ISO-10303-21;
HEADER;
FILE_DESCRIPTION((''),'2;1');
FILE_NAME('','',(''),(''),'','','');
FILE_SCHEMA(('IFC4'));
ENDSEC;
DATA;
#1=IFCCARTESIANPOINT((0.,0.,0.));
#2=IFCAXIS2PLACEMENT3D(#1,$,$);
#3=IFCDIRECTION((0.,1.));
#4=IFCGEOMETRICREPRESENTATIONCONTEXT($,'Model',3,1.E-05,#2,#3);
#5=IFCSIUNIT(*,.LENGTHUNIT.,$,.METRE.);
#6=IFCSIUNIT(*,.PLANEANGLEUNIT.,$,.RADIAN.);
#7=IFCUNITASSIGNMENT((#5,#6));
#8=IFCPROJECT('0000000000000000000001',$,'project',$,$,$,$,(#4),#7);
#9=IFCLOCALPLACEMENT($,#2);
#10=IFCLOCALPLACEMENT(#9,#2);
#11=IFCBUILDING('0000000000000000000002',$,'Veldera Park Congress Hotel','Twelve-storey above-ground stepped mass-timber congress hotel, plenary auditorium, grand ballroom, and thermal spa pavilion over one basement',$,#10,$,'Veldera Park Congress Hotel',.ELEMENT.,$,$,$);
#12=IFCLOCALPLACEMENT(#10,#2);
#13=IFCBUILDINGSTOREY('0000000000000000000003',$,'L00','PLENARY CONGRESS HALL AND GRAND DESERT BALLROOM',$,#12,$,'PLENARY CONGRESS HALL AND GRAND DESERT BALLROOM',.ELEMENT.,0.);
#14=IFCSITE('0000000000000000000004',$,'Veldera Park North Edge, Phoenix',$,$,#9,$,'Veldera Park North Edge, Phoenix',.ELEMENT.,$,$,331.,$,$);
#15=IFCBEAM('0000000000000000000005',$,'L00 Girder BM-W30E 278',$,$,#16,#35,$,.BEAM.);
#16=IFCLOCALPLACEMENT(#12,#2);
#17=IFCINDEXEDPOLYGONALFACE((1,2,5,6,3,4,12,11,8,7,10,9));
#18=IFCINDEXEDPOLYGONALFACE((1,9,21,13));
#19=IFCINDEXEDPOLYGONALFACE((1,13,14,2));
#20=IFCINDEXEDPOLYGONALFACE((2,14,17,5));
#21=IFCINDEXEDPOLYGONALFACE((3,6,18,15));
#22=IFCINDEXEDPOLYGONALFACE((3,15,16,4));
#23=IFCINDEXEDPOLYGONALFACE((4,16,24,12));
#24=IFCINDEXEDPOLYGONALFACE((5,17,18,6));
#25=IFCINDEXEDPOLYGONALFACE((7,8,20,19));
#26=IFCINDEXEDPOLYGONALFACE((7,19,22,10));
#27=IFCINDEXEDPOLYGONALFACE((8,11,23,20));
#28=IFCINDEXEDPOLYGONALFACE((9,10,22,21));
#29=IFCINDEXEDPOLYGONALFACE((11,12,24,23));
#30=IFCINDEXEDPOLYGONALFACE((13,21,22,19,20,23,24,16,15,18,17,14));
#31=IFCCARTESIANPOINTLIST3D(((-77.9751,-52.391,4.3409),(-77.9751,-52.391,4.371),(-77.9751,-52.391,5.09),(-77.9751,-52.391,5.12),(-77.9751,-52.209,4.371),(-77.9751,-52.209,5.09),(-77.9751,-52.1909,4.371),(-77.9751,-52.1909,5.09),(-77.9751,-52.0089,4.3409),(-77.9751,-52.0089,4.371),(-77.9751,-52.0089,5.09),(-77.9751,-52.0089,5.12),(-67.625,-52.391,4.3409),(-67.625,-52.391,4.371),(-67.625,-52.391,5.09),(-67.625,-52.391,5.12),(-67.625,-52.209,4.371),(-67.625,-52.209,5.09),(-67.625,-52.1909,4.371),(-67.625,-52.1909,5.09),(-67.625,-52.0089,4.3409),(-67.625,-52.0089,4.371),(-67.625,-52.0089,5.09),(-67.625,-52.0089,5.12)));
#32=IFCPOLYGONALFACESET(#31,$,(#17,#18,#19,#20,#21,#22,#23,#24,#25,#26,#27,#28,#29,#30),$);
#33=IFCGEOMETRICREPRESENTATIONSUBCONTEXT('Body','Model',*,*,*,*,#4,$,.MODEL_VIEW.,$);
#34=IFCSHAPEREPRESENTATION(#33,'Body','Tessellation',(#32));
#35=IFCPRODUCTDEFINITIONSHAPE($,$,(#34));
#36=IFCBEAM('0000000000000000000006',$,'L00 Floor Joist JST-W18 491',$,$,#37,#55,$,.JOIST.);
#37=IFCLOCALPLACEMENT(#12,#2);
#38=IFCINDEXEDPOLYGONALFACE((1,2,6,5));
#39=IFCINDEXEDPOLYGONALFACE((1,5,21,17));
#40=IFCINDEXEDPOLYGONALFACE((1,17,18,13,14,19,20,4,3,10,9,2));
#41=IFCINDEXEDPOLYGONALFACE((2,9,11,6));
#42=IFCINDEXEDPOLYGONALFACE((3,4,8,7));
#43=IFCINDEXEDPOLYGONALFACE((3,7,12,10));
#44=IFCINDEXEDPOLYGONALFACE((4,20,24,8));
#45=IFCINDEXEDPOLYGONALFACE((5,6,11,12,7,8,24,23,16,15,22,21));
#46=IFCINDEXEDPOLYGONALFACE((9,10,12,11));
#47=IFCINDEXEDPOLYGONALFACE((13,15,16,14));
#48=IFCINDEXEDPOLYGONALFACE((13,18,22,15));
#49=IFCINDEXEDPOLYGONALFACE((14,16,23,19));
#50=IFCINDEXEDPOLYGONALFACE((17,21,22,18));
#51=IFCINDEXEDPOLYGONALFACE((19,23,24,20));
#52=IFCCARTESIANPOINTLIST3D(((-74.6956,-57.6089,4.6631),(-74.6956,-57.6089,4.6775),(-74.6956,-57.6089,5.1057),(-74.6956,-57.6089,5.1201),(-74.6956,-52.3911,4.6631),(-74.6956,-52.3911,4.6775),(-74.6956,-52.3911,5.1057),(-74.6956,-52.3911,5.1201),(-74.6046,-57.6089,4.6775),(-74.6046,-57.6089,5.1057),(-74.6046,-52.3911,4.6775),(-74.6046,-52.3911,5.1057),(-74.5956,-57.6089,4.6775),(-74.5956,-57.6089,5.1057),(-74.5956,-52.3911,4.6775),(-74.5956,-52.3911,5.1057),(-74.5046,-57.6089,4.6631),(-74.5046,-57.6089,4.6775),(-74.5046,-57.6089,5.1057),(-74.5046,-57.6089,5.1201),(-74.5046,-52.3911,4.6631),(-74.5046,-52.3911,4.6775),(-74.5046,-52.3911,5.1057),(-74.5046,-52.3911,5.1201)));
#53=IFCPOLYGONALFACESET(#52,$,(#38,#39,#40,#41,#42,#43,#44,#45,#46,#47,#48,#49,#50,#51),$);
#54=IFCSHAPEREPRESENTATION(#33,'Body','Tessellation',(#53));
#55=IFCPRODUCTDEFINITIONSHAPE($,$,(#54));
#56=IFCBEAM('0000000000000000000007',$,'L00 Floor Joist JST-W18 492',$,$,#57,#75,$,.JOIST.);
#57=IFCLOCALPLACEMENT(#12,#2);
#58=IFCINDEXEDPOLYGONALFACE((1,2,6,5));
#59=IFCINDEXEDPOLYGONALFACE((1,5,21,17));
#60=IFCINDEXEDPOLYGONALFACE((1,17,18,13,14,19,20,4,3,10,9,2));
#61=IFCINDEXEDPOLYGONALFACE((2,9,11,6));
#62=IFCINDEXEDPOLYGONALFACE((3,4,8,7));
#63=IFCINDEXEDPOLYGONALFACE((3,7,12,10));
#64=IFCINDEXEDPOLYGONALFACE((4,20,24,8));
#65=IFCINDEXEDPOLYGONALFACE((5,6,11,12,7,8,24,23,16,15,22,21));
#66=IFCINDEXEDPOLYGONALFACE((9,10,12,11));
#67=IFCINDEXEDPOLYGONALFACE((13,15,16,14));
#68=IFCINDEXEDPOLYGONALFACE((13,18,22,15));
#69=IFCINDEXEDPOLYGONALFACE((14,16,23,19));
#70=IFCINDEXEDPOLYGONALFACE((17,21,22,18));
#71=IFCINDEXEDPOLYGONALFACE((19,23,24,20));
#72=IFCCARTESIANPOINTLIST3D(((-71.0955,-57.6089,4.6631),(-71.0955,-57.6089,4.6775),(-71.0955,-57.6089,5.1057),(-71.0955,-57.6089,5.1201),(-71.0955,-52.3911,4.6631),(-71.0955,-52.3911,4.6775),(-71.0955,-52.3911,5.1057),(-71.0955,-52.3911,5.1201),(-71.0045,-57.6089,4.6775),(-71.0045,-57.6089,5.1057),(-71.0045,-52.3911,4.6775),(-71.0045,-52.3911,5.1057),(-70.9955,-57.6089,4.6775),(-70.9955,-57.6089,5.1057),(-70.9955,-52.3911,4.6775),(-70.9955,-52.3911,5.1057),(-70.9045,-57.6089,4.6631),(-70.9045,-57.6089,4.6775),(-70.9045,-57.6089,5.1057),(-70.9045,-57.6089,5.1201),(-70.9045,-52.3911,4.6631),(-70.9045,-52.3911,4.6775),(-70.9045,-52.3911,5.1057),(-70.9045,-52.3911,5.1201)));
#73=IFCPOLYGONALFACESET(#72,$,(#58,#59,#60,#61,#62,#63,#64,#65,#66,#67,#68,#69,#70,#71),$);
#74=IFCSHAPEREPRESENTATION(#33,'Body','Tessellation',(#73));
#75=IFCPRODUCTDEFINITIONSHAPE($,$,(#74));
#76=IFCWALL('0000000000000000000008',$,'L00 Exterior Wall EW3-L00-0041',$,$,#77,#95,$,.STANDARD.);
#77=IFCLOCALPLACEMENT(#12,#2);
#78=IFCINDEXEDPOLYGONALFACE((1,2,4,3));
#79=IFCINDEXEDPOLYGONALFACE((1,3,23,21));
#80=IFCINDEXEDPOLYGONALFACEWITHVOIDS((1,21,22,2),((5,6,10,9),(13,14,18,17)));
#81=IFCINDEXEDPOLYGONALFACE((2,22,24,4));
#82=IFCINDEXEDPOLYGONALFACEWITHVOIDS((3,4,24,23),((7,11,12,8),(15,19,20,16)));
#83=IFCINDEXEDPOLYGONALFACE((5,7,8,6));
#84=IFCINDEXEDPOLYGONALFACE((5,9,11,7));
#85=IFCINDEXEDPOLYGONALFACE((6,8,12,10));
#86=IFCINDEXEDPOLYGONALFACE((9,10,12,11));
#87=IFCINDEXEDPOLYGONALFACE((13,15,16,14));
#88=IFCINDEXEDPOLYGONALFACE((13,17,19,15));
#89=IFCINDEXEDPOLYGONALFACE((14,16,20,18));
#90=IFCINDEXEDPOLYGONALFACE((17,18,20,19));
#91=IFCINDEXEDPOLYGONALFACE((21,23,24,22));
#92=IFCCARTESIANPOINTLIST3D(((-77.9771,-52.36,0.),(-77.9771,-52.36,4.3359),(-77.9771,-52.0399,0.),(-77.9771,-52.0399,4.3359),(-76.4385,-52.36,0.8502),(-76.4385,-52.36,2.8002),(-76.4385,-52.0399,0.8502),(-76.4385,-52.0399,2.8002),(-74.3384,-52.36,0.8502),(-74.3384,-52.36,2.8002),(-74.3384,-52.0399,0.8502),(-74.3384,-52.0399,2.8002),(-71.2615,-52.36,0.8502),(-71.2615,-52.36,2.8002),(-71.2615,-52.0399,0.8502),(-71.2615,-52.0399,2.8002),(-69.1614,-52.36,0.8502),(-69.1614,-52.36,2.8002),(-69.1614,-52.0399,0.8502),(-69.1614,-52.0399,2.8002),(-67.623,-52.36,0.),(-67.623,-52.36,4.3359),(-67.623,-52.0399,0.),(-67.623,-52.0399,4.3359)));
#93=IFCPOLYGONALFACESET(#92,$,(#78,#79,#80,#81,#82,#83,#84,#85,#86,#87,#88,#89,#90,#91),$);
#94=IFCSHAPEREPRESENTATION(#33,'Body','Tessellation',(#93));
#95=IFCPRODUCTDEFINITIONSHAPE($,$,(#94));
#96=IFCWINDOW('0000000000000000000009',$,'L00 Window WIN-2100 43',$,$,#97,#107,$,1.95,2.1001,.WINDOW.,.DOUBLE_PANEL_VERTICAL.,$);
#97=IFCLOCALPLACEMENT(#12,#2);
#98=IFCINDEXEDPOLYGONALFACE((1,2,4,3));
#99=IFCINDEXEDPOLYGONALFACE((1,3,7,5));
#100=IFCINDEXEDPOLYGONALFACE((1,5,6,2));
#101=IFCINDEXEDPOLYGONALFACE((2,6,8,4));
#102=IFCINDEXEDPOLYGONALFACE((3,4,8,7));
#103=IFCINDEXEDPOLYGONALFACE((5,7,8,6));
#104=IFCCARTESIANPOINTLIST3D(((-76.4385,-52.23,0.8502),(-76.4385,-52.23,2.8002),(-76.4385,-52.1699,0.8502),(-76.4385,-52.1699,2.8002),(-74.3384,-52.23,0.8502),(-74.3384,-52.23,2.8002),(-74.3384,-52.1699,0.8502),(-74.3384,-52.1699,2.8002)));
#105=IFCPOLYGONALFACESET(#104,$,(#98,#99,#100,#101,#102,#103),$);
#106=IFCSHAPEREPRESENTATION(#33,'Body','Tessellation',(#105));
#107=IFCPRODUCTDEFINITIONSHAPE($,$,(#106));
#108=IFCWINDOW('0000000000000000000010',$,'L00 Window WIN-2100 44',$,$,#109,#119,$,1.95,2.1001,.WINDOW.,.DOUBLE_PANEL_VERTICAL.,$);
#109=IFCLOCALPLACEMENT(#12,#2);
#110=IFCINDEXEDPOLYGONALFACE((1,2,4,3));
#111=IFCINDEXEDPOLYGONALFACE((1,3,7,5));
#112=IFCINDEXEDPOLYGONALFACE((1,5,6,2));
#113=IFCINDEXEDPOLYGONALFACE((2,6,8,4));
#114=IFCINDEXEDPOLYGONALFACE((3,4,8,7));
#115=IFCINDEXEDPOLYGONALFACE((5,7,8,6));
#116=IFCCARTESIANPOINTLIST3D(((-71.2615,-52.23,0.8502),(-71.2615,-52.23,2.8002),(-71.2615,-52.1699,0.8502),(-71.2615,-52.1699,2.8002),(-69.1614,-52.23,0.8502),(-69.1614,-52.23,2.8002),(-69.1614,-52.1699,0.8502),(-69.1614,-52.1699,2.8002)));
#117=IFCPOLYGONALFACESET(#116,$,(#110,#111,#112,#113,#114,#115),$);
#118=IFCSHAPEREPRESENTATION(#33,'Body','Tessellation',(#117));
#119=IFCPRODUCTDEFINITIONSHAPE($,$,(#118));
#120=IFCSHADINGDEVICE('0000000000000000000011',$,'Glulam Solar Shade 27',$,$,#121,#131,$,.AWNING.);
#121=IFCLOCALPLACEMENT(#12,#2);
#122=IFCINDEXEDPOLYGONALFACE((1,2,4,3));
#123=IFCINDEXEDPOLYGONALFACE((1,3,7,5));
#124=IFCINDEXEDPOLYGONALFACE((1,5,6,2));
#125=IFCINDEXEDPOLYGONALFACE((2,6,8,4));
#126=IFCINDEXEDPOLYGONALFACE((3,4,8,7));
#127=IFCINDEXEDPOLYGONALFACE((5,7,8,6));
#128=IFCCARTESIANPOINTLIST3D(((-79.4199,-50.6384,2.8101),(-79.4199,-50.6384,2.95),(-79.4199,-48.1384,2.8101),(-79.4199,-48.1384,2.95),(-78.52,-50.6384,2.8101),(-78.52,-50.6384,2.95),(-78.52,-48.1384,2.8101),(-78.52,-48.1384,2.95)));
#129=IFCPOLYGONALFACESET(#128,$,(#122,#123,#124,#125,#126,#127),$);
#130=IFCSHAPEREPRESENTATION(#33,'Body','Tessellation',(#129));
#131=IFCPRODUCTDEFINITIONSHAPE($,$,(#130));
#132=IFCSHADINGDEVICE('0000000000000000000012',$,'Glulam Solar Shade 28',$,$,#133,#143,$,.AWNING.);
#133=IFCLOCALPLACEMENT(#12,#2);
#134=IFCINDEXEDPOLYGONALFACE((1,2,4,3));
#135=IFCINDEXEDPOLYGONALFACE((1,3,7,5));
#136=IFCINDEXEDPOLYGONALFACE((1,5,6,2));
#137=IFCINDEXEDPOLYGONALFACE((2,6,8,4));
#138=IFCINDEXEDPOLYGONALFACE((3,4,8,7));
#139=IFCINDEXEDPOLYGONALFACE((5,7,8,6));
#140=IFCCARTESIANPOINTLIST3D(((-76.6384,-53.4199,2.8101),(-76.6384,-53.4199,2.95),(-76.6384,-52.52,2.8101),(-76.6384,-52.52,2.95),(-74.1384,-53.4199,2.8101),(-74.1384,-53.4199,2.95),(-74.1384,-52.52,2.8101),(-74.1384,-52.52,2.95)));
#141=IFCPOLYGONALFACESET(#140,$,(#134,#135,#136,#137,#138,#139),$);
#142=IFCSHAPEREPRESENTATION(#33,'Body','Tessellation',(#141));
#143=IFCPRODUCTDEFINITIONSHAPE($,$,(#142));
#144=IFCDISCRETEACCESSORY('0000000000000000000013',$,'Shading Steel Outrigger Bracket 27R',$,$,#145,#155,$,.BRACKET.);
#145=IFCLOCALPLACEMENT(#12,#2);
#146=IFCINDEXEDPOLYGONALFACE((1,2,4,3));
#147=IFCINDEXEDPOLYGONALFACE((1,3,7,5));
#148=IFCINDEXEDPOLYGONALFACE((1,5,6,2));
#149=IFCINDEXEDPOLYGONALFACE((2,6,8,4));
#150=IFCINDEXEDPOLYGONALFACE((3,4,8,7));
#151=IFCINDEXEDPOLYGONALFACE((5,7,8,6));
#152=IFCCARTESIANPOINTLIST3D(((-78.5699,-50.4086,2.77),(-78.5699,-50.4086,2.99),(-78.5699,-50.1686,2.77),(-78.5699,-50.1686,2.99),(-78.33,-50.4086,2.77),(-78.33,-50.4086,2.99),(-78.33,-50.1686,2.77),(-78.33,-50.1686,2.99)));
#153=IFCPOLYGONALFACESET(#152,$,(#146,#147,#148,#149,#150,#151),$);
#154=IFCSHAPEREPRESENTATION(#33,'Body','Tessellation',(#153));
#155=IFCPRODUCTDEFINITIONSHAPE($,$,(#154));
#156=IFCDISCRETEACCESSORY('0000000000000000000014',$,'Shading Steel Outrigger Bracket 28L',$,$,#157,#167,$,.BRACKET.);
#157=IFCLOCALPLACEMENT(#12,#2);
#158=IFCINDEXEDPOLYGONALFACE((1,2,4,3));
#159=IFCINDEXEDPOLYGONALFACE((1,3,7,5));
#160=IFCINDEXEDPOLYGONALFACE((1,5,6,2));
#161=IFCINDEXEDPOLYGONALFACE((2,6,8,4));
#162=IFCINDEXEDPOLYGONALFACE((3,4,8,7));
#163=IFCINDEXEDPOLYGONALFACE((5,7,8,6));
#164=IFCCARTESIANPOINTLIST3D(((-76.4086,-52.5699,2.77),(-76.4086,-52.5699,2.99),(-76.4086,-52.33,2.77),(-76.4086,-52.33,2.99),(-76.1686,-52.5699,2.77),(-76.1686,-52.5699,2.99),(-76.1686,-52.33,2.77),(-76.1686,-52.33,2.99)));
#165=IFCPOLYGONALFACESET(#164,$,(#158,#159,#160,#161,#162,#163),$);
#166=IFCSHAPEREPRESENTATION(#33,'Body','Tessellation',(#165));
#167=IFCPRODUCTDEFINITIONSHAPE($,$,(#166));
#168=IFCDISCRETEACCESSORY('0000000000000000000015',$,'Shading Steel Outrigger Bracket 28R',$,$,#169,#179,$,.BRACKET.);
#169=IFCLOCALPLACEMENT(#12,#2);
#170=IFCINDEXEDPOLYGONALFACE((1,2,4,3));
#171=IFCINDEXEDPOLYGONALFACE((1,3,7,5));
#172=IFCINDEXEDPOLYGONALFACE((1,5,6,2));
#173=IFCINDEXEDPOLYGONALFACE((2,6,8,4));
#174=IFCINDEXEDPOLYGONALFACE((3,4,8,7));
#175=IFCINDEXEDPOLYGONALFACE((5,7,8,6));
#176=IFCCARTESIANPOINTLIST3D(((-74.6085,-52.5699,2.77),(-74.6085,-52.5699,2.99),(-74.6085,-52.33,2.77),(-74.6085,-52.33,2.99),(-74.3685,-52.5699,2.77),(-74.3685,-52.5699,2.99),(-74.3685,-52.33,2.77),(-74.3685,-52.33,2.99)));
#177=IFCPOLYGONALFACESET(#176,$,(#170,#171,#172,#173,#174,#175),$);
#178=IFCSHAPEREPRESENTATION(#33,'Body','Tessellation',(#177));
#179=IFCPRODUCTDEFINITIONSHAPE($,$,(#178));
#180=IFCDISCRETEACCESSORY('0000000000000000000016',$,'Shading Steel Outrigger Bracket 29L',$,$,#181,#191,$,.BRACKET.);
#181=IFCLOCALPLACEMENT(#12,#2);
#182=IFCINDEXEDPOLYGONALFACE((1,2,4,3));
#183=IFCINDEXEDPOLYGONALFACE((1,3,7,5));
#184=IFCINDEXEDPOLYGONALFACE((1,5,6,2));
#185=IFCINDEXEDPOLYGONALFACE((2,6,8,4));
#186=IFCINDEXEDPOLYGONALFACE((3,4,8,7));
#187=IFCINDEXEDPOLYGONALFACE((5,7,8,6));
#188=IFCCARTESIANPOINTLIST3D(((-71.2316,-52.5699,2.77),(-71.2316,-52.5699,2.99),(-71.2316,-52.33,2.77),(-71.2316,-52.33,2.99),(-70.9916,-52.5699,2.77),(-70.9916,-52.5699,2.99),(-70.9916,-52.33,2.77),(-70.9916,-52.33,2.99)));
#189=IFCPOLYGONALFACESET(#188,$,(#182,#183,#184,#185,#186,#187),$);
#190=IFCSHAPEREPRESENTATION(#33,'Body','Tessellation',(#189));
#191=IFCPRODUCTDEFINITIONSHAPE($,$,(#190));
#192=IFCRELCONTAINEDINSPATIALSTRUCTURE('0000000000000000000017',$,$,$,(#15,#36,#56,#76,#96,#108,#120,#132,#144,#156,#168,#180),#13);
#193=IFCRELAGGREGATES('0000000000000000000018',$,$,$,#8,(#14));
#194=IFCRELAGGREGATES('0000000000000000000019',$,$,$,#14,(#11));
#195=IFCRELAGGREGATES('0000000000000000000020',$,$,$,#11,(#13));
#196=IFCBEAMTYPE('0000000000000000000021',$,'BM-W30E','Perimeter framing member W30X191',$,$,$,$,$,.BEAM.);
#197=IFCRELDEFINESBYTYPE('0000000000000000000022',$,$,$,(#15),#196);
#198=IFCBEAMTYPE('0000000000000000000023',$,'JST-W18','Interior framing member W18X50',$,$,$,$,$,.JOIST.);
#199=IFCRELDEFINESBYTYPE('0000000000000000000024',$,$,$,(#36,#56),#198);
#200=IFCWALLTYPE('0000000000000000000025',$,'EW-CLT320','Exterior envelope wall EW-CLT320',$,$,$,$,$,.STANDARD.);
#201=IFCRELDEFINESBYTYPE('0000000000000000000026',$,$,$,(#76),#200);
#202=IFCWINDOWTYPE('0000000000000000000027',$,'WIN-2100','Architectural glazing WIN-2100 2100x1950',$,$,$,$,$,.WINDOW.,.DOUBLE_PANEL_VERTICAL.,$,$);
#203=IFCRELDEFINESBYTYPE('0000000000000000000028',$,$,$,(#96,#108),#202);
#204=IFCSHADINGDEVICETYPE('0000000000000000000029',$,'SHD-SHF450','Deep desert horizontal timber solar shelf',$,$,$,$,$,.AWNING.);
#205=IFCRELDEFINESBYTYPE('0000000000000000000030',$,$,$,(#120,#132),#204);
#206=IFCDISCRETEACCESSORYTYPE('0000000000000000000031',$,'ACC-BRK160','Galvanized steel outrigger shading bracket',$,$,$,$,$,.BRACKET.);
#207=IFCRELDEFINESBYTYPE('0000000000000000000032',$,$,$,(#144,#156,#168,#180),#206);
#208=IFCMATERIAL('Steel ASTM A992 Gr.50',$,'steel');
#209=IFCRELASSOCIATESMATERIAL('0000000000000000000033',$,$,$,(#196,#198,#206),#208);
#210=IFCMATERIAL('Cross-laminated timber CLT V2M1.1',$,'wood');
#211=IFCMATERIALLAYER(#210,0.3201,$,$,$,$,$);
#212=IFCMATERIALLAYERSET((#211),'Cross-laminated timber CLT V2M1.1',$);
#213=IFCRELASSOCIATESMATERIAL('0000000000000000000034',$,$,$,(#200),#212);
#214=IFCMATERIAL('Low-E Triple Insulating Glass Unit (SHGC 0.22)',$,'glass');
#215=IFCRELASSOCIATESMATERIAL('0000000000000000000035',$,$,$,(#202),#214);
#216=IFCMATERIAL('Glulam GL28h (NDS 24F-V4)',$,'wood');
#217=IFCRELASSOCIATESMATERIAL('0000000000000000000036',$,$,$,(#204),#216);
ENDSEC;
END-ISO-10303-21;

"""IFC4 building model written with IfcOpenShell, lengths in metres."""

from ifc_helpers import new_model, si_unit, direction, frame, frame_2d, origin, origin_2d, place, context, subcontext, project, spatial, rectangle, i_section, extrude, material, layer, layer_set, material_profile, profile_set, type_object, element, fill, save


model = new_model("IFC4")

# Units and contexts
model_context = context("Model", 3, precision=1e-05, world=origin(), true_north=direction((0.0, 1.0)))
body_context = subcontext(model_context, "Body", "Model", "MODEL_VIEW")
ifc_project = project(units=[si_unit("LENGTHUNIT", "METRE"), si_unit("PLANEANGLEUNIT", "RADIAN")], contexts=[model_context])

# Site, building, storey
site_placement = place(None, origin())
site = spatial("IfcSite", under=ifc_project, at=site_placement, Name="Veldera Park North Edge, Phoenix", LongName="Veldera Park North Edge, Phoenix", CompositionType="ELEMENT", RefElevation=331.0)
building_placement = place(site_placement, origin())
building = spatial("IfcBuilding", under=site, at=building_placement, Name="Veldera Park Congress Hotel", Description="Twelve-storey above-ground stepped mass-timber congress hotel, plenary auditorium, grand ballroom, and thermal spa pavilion over one basement", LongName="Veldera Park Congress Hotel", CompositionType="ELEMENT")
storey_placement = place(building_placement, origin())
storey = spatial("IfcBuildingStorey", under=building, at=storey_placement, Name="L00", Description="PLENARY CONGRESS HALL AND GRAND DESERT BALLROOM", LongName="PLENARY CONGRESS HALL AND GRAND DESERT BALLROOM", CompositionType="ELEMENT", Elevation=0.0)

# Shared definitions
ifc_material_1 = material(Name="Glulam GL28h (NDS 24F-V4)", Category="wood")
ifc_material_2 = material(Name="Steel ASTM A992 Gr.50", Category="steel")

# Beams
ifc_material_profile_1 = material_profile(ifc_material_2, i_section(OverallWidth=0.3821, OverallDepth=0.7791, WebThickness=0.0181, FlangeThickness=0.03, at=origin_2d()), Name="W30X191")
ifc_profile_set_1 = profile_set([ifc_material_profile_1], Name="Steel ASTM A992 Gr.50")
beam_type_1 = type_object("IfcBeamType", Name="BM-W30E", Description="Perimeter framing member W30X191", PredefinedType="BEAM", material=ifc_profile_set_1)
for number, where, z_axis, x_axis, name in (
    (1, (-77.9751, -52.2, 4.7305), (1.0, 0.0, 0.0), (0.0, 1.0, 0.0), "L00 Girder BM-W30E 278"),
):
    element("IfcBeam", number, at=place(storey_placement, frame(where, z_axis=z_axis, x_axis=x_axis)), inside=storey, type_object=beam_type_1, Name=name, PredefinedType="BEAM", context=body_context, shape_type="SweptSolid", body=[
        extrude(i_section(OverallWidth=0.3821, OverallDepth=0.7791, WebThickness=0.0181, FlangeThickness=0.03, at=origin_2d()), origin(), (0.0, 0.0, 1.0), 10.3501),
    ])
ifc_material_profile_2 = material_profile(ifc_material_2, i_section(OverallWidth=0.1909, OverallDepth=0.457, WebThickness=0.009, FlangeThickness=0.0144, at=origin_2d()), Name="W18X50")
ifc_profile_set_2 = profile_set([ifc_material_profile_2], Name="Steel ASTM A992 Gr.50")
beam_type_2 = type_object("IfcBeamType", Name="JST-W18", Description="Interior framing member W18X50", PredefinedType="JOIST", material=ifc_profile_set_2)
for number, where, z_axis, x_axis, name in (
    (2, (-74.6001, -57.6089, 4.8916), (0.0, 1.0, 0.0), (-1.0, 0.0, 0.0), "L00 Floor Joist JST-W18 491"),
    (3, (-71.0, -57.6089, 4.8916), (0.0, 1.0, 0.0), (-1.0, 0.0, 0.0), "L00 Floor Joist JST-W18 492"),
):
    element("IfcBeam", number, at=place(storey_placement, frame(where, z_axis=z_axis, x_axis=x_axis)), inside=storey, type_object=beam_type_2, Name=name, PredefinedType="JOIST", context=body_context, shape_type="SweptSolid", body=[
        extrude(i_section(OverallWidth=0.1909, OverallDepth=0.457, WebThickness=0.009, FlangeThickness=0.0144, at=origin_2d()), origin(), (0.0, 0.0, 1.0), 5.2178),
    ])

# Wall, openings, windows
ifc_material_3 = material(Name="Cross-laminated timber CLT V2M1.1", Category="wood")
ifc_layer = layer(ifc_material_3, 0.3201)
ifc_layer_set = layer_set([ifc_layer], Name="Cross-laminated timber CLT V2M1.1")
wall_type = type_object("IfcWallType", Name="EW-CLT320", Description="Exterior envelope wall EW-CLT320", PredefinedType="STANDARD", material=ifc_layer_set)
wall_placement = place(storey_placement, frame((-77.9771, -52.2, 0.0), z_axis=(0.0, 0.0, 1.0), x_axis=(1.0, 0.0, 0.0)))
wall = element("IfcWall", 4, at=wall_placement, inside=storey, type_object=wall_type, Name="L00 Exterior Wall EW3-L00-0041", PredefinedType="STANDARD", context=body_context, shape_type="SweptSolid", body=[
    extrude(rectangle(XDim=10.354, YDim=0.3201, at=frame_2d((5.177, 0.0))), origin(), (0.0, 0.0, 1.0), 4.3359),
])
opening_1_placement = place(wall_placement, frame((1.5386, 0.0, 0.8501)))
opening_1 = element("IfcOpeningElement", 5, at=opening_1_placement, cuts=wall, PredefinedType="OPENING", context=body_context, shape_type="SweptSolid", body=[
    extrude(rectangle(XDim=2.1001, YDim=1.95, at=frame_2d((1.05, 0.9751))), frame((0.0, 0.1721, 0.0), z_axis=(0.0, -1.0, 0.0), x_axis=(1.0, 0.0, 0.0)), (0.0, 0.0, 1.0), 0.344),
])
opening_2_placement = place(wall_placement, frame((6.7156, 0.0, 0.8501)))
opening_2 = element("IfcOpeningElement", 6, at=opening_2_placement, cuts=wall, PredefinedType="OPENING", context=body_context, shape_type="SweptSolid", body=[
    extrude(rectangle(XDim=2.1001, YDim=1.95, at=frame_2d((1.05, 0.9751))), frame((0.0, 0.1721, 0.0), z_axis=(0.0, -1.0, 0.0), x_axis=(1.0, 0.0, 0.0)), (0.0, 0.0, 1.0), 0.344),
])
ifc_material_4 = material(Name="Low-E Triple Insulating Glass Unit (SHGC 0.22)", Category="glass")
window_type = type_object("IfcWindowType", Name="WIN-2100", Description="Architectural glazing WIN-2100 2100x1950", PartitioningType="DOUBLE_PANEL_VERTICAL", PredefinedType="WINDOW", material=ifc_material_4)
window_1_placement = place(opening_1_placement, origin())
window_1 = element("IfcWindow", 7, at=window_1_placement, inside=storey, type_object=window_type, Name="L00 Window WIN-2100 43", OverallHeight=1.95, OverallWidth=2.1001, PartitioningType="DOUBLE_PANEL_VERTICAL", PredefinedType="WINDOW", context=body_context, shape_type="SweptSolid", body=[
    extrude(rectangle(XDim=2.1001, YDim=1.95, at=frame_2d((1.05, 0.9751))), frame((0.0, 0.03, 0.0), z_axis=(0.0, -1.0, 0.0), x_axis=(1.0, 0.0, 0.0)), (0.0, 0.0, 1.0), 0.0601),
])
fill(opening_1, window_1)
window_2_placement = place(opening_2_placement, origin())
window_2 = element("IfcWindow", 8, at=window_2_placement, inside=storey, type_object=window_type, Name="L00 Window WIN-2100 44", OverallHeight=1.95, OverallWidth=2.1001, PartitioningType="DOUBLE_PANEL_VERTICAL", PredefinedType="WINDOW", context=body_context, shape_type="SweptSolid", body=[
    extrude(rectangle(XDim=2.1001, YDim=1.95, at=frame_2d((1.05, 0.9751))), frame((0.0, 0.03, 0.0), z_axis=(0.0, -1.0, 0.0), x_axis=(1.0, 0.0, 0.0)), (0.0, 0.0, 1.0), 0.0601),
])
fill(opening_2, window_2)

# Shading devices
shading_device_type = type_object("IfcShadingDeviceType", Name="SHD-SHF450", Description="Deep desert horizontal timber solar shelf", PredefinedType="AWNING", material=ifc_material_1)
for number, where, z_axis, x_axis, name in (
    (9, (-78.97, -49.3884, 2.8101), (0.0, 0.0, 1.0), (0.0, -1.0, 0.0), "Glulam Solar Shade 27"),
    (10, (-75.3884, -52.97, 2.8101), (0.0, 0.0, 1.0), (1.0, 0.0, 0.0), "Glulam Solar Shade 28"),
):
    element("IfcShadingDevice", number, at=place(storey_placement, frame(where, z_axis=z_axis, x_axis=x_axis)), inside=storey, type_object=shading_device_type, Name=name, PredefinedType="AWNING", context=body_context, shape_type="SweptSolid", body=[
        extrude(rectangle(XDim=2.5, YDim=0.8999, at=origin_2d()), origin(), (0.0, 0.0, 1.0), 0.1399),
    ])

# Discrete accessories
discrete_accessory_type = type_object("IfcDiscreteAccessoryType", Name="ACC-BRK160", Description="Galvanized steel outrigger shading bracket", PredefinedType="BRACKET", material=ifc_material_2)
for number, where, z_axis, x_axis, name in (
    (11, (-78.45, -50.2886, 2.77), (0.0, 0.0, 1.0), (0.0, -1.0, 0.0), "Shading Steel Outrigger Bracket 27R"),
    (12, (-76.2886, -52.45, 2.77), (0.0, 0.0, 1.0), (1.0, 0.0, 0.0), "Shading Steel Outrigger Bracket 28L"),
    (13, (-74.4885, -52.45, 2.77), (0.0, 0.0, 1.0), (1.0, 0.0, 0.0), "Shading Steel Outrigger Bracket 28R"),
    (14, (-71.1116, -52.45, 2.77), (0.0, 0.0, 1.0), (1.0, 0.0, 0.0), "Shading Steel Outrigger Bracket 29L"),
):
    element("IfcDiscreteAccessory", number, at=place(storey_placement, frame(where, z_axis=z_axis, x_axis=x_axis)), inside=storey, type_object=discrete_accessory_type, Name=name, PredefinedType="BRACKET", context=body_context, shape_type="SweptSolid", body=[
        extrude(rectangle(XDim=0.24, YDim=0.24, at=origin_2d()), origin(), (0.0, 0.0, 1.0), 0.22),
    ])

save(model, "model.ifc")
